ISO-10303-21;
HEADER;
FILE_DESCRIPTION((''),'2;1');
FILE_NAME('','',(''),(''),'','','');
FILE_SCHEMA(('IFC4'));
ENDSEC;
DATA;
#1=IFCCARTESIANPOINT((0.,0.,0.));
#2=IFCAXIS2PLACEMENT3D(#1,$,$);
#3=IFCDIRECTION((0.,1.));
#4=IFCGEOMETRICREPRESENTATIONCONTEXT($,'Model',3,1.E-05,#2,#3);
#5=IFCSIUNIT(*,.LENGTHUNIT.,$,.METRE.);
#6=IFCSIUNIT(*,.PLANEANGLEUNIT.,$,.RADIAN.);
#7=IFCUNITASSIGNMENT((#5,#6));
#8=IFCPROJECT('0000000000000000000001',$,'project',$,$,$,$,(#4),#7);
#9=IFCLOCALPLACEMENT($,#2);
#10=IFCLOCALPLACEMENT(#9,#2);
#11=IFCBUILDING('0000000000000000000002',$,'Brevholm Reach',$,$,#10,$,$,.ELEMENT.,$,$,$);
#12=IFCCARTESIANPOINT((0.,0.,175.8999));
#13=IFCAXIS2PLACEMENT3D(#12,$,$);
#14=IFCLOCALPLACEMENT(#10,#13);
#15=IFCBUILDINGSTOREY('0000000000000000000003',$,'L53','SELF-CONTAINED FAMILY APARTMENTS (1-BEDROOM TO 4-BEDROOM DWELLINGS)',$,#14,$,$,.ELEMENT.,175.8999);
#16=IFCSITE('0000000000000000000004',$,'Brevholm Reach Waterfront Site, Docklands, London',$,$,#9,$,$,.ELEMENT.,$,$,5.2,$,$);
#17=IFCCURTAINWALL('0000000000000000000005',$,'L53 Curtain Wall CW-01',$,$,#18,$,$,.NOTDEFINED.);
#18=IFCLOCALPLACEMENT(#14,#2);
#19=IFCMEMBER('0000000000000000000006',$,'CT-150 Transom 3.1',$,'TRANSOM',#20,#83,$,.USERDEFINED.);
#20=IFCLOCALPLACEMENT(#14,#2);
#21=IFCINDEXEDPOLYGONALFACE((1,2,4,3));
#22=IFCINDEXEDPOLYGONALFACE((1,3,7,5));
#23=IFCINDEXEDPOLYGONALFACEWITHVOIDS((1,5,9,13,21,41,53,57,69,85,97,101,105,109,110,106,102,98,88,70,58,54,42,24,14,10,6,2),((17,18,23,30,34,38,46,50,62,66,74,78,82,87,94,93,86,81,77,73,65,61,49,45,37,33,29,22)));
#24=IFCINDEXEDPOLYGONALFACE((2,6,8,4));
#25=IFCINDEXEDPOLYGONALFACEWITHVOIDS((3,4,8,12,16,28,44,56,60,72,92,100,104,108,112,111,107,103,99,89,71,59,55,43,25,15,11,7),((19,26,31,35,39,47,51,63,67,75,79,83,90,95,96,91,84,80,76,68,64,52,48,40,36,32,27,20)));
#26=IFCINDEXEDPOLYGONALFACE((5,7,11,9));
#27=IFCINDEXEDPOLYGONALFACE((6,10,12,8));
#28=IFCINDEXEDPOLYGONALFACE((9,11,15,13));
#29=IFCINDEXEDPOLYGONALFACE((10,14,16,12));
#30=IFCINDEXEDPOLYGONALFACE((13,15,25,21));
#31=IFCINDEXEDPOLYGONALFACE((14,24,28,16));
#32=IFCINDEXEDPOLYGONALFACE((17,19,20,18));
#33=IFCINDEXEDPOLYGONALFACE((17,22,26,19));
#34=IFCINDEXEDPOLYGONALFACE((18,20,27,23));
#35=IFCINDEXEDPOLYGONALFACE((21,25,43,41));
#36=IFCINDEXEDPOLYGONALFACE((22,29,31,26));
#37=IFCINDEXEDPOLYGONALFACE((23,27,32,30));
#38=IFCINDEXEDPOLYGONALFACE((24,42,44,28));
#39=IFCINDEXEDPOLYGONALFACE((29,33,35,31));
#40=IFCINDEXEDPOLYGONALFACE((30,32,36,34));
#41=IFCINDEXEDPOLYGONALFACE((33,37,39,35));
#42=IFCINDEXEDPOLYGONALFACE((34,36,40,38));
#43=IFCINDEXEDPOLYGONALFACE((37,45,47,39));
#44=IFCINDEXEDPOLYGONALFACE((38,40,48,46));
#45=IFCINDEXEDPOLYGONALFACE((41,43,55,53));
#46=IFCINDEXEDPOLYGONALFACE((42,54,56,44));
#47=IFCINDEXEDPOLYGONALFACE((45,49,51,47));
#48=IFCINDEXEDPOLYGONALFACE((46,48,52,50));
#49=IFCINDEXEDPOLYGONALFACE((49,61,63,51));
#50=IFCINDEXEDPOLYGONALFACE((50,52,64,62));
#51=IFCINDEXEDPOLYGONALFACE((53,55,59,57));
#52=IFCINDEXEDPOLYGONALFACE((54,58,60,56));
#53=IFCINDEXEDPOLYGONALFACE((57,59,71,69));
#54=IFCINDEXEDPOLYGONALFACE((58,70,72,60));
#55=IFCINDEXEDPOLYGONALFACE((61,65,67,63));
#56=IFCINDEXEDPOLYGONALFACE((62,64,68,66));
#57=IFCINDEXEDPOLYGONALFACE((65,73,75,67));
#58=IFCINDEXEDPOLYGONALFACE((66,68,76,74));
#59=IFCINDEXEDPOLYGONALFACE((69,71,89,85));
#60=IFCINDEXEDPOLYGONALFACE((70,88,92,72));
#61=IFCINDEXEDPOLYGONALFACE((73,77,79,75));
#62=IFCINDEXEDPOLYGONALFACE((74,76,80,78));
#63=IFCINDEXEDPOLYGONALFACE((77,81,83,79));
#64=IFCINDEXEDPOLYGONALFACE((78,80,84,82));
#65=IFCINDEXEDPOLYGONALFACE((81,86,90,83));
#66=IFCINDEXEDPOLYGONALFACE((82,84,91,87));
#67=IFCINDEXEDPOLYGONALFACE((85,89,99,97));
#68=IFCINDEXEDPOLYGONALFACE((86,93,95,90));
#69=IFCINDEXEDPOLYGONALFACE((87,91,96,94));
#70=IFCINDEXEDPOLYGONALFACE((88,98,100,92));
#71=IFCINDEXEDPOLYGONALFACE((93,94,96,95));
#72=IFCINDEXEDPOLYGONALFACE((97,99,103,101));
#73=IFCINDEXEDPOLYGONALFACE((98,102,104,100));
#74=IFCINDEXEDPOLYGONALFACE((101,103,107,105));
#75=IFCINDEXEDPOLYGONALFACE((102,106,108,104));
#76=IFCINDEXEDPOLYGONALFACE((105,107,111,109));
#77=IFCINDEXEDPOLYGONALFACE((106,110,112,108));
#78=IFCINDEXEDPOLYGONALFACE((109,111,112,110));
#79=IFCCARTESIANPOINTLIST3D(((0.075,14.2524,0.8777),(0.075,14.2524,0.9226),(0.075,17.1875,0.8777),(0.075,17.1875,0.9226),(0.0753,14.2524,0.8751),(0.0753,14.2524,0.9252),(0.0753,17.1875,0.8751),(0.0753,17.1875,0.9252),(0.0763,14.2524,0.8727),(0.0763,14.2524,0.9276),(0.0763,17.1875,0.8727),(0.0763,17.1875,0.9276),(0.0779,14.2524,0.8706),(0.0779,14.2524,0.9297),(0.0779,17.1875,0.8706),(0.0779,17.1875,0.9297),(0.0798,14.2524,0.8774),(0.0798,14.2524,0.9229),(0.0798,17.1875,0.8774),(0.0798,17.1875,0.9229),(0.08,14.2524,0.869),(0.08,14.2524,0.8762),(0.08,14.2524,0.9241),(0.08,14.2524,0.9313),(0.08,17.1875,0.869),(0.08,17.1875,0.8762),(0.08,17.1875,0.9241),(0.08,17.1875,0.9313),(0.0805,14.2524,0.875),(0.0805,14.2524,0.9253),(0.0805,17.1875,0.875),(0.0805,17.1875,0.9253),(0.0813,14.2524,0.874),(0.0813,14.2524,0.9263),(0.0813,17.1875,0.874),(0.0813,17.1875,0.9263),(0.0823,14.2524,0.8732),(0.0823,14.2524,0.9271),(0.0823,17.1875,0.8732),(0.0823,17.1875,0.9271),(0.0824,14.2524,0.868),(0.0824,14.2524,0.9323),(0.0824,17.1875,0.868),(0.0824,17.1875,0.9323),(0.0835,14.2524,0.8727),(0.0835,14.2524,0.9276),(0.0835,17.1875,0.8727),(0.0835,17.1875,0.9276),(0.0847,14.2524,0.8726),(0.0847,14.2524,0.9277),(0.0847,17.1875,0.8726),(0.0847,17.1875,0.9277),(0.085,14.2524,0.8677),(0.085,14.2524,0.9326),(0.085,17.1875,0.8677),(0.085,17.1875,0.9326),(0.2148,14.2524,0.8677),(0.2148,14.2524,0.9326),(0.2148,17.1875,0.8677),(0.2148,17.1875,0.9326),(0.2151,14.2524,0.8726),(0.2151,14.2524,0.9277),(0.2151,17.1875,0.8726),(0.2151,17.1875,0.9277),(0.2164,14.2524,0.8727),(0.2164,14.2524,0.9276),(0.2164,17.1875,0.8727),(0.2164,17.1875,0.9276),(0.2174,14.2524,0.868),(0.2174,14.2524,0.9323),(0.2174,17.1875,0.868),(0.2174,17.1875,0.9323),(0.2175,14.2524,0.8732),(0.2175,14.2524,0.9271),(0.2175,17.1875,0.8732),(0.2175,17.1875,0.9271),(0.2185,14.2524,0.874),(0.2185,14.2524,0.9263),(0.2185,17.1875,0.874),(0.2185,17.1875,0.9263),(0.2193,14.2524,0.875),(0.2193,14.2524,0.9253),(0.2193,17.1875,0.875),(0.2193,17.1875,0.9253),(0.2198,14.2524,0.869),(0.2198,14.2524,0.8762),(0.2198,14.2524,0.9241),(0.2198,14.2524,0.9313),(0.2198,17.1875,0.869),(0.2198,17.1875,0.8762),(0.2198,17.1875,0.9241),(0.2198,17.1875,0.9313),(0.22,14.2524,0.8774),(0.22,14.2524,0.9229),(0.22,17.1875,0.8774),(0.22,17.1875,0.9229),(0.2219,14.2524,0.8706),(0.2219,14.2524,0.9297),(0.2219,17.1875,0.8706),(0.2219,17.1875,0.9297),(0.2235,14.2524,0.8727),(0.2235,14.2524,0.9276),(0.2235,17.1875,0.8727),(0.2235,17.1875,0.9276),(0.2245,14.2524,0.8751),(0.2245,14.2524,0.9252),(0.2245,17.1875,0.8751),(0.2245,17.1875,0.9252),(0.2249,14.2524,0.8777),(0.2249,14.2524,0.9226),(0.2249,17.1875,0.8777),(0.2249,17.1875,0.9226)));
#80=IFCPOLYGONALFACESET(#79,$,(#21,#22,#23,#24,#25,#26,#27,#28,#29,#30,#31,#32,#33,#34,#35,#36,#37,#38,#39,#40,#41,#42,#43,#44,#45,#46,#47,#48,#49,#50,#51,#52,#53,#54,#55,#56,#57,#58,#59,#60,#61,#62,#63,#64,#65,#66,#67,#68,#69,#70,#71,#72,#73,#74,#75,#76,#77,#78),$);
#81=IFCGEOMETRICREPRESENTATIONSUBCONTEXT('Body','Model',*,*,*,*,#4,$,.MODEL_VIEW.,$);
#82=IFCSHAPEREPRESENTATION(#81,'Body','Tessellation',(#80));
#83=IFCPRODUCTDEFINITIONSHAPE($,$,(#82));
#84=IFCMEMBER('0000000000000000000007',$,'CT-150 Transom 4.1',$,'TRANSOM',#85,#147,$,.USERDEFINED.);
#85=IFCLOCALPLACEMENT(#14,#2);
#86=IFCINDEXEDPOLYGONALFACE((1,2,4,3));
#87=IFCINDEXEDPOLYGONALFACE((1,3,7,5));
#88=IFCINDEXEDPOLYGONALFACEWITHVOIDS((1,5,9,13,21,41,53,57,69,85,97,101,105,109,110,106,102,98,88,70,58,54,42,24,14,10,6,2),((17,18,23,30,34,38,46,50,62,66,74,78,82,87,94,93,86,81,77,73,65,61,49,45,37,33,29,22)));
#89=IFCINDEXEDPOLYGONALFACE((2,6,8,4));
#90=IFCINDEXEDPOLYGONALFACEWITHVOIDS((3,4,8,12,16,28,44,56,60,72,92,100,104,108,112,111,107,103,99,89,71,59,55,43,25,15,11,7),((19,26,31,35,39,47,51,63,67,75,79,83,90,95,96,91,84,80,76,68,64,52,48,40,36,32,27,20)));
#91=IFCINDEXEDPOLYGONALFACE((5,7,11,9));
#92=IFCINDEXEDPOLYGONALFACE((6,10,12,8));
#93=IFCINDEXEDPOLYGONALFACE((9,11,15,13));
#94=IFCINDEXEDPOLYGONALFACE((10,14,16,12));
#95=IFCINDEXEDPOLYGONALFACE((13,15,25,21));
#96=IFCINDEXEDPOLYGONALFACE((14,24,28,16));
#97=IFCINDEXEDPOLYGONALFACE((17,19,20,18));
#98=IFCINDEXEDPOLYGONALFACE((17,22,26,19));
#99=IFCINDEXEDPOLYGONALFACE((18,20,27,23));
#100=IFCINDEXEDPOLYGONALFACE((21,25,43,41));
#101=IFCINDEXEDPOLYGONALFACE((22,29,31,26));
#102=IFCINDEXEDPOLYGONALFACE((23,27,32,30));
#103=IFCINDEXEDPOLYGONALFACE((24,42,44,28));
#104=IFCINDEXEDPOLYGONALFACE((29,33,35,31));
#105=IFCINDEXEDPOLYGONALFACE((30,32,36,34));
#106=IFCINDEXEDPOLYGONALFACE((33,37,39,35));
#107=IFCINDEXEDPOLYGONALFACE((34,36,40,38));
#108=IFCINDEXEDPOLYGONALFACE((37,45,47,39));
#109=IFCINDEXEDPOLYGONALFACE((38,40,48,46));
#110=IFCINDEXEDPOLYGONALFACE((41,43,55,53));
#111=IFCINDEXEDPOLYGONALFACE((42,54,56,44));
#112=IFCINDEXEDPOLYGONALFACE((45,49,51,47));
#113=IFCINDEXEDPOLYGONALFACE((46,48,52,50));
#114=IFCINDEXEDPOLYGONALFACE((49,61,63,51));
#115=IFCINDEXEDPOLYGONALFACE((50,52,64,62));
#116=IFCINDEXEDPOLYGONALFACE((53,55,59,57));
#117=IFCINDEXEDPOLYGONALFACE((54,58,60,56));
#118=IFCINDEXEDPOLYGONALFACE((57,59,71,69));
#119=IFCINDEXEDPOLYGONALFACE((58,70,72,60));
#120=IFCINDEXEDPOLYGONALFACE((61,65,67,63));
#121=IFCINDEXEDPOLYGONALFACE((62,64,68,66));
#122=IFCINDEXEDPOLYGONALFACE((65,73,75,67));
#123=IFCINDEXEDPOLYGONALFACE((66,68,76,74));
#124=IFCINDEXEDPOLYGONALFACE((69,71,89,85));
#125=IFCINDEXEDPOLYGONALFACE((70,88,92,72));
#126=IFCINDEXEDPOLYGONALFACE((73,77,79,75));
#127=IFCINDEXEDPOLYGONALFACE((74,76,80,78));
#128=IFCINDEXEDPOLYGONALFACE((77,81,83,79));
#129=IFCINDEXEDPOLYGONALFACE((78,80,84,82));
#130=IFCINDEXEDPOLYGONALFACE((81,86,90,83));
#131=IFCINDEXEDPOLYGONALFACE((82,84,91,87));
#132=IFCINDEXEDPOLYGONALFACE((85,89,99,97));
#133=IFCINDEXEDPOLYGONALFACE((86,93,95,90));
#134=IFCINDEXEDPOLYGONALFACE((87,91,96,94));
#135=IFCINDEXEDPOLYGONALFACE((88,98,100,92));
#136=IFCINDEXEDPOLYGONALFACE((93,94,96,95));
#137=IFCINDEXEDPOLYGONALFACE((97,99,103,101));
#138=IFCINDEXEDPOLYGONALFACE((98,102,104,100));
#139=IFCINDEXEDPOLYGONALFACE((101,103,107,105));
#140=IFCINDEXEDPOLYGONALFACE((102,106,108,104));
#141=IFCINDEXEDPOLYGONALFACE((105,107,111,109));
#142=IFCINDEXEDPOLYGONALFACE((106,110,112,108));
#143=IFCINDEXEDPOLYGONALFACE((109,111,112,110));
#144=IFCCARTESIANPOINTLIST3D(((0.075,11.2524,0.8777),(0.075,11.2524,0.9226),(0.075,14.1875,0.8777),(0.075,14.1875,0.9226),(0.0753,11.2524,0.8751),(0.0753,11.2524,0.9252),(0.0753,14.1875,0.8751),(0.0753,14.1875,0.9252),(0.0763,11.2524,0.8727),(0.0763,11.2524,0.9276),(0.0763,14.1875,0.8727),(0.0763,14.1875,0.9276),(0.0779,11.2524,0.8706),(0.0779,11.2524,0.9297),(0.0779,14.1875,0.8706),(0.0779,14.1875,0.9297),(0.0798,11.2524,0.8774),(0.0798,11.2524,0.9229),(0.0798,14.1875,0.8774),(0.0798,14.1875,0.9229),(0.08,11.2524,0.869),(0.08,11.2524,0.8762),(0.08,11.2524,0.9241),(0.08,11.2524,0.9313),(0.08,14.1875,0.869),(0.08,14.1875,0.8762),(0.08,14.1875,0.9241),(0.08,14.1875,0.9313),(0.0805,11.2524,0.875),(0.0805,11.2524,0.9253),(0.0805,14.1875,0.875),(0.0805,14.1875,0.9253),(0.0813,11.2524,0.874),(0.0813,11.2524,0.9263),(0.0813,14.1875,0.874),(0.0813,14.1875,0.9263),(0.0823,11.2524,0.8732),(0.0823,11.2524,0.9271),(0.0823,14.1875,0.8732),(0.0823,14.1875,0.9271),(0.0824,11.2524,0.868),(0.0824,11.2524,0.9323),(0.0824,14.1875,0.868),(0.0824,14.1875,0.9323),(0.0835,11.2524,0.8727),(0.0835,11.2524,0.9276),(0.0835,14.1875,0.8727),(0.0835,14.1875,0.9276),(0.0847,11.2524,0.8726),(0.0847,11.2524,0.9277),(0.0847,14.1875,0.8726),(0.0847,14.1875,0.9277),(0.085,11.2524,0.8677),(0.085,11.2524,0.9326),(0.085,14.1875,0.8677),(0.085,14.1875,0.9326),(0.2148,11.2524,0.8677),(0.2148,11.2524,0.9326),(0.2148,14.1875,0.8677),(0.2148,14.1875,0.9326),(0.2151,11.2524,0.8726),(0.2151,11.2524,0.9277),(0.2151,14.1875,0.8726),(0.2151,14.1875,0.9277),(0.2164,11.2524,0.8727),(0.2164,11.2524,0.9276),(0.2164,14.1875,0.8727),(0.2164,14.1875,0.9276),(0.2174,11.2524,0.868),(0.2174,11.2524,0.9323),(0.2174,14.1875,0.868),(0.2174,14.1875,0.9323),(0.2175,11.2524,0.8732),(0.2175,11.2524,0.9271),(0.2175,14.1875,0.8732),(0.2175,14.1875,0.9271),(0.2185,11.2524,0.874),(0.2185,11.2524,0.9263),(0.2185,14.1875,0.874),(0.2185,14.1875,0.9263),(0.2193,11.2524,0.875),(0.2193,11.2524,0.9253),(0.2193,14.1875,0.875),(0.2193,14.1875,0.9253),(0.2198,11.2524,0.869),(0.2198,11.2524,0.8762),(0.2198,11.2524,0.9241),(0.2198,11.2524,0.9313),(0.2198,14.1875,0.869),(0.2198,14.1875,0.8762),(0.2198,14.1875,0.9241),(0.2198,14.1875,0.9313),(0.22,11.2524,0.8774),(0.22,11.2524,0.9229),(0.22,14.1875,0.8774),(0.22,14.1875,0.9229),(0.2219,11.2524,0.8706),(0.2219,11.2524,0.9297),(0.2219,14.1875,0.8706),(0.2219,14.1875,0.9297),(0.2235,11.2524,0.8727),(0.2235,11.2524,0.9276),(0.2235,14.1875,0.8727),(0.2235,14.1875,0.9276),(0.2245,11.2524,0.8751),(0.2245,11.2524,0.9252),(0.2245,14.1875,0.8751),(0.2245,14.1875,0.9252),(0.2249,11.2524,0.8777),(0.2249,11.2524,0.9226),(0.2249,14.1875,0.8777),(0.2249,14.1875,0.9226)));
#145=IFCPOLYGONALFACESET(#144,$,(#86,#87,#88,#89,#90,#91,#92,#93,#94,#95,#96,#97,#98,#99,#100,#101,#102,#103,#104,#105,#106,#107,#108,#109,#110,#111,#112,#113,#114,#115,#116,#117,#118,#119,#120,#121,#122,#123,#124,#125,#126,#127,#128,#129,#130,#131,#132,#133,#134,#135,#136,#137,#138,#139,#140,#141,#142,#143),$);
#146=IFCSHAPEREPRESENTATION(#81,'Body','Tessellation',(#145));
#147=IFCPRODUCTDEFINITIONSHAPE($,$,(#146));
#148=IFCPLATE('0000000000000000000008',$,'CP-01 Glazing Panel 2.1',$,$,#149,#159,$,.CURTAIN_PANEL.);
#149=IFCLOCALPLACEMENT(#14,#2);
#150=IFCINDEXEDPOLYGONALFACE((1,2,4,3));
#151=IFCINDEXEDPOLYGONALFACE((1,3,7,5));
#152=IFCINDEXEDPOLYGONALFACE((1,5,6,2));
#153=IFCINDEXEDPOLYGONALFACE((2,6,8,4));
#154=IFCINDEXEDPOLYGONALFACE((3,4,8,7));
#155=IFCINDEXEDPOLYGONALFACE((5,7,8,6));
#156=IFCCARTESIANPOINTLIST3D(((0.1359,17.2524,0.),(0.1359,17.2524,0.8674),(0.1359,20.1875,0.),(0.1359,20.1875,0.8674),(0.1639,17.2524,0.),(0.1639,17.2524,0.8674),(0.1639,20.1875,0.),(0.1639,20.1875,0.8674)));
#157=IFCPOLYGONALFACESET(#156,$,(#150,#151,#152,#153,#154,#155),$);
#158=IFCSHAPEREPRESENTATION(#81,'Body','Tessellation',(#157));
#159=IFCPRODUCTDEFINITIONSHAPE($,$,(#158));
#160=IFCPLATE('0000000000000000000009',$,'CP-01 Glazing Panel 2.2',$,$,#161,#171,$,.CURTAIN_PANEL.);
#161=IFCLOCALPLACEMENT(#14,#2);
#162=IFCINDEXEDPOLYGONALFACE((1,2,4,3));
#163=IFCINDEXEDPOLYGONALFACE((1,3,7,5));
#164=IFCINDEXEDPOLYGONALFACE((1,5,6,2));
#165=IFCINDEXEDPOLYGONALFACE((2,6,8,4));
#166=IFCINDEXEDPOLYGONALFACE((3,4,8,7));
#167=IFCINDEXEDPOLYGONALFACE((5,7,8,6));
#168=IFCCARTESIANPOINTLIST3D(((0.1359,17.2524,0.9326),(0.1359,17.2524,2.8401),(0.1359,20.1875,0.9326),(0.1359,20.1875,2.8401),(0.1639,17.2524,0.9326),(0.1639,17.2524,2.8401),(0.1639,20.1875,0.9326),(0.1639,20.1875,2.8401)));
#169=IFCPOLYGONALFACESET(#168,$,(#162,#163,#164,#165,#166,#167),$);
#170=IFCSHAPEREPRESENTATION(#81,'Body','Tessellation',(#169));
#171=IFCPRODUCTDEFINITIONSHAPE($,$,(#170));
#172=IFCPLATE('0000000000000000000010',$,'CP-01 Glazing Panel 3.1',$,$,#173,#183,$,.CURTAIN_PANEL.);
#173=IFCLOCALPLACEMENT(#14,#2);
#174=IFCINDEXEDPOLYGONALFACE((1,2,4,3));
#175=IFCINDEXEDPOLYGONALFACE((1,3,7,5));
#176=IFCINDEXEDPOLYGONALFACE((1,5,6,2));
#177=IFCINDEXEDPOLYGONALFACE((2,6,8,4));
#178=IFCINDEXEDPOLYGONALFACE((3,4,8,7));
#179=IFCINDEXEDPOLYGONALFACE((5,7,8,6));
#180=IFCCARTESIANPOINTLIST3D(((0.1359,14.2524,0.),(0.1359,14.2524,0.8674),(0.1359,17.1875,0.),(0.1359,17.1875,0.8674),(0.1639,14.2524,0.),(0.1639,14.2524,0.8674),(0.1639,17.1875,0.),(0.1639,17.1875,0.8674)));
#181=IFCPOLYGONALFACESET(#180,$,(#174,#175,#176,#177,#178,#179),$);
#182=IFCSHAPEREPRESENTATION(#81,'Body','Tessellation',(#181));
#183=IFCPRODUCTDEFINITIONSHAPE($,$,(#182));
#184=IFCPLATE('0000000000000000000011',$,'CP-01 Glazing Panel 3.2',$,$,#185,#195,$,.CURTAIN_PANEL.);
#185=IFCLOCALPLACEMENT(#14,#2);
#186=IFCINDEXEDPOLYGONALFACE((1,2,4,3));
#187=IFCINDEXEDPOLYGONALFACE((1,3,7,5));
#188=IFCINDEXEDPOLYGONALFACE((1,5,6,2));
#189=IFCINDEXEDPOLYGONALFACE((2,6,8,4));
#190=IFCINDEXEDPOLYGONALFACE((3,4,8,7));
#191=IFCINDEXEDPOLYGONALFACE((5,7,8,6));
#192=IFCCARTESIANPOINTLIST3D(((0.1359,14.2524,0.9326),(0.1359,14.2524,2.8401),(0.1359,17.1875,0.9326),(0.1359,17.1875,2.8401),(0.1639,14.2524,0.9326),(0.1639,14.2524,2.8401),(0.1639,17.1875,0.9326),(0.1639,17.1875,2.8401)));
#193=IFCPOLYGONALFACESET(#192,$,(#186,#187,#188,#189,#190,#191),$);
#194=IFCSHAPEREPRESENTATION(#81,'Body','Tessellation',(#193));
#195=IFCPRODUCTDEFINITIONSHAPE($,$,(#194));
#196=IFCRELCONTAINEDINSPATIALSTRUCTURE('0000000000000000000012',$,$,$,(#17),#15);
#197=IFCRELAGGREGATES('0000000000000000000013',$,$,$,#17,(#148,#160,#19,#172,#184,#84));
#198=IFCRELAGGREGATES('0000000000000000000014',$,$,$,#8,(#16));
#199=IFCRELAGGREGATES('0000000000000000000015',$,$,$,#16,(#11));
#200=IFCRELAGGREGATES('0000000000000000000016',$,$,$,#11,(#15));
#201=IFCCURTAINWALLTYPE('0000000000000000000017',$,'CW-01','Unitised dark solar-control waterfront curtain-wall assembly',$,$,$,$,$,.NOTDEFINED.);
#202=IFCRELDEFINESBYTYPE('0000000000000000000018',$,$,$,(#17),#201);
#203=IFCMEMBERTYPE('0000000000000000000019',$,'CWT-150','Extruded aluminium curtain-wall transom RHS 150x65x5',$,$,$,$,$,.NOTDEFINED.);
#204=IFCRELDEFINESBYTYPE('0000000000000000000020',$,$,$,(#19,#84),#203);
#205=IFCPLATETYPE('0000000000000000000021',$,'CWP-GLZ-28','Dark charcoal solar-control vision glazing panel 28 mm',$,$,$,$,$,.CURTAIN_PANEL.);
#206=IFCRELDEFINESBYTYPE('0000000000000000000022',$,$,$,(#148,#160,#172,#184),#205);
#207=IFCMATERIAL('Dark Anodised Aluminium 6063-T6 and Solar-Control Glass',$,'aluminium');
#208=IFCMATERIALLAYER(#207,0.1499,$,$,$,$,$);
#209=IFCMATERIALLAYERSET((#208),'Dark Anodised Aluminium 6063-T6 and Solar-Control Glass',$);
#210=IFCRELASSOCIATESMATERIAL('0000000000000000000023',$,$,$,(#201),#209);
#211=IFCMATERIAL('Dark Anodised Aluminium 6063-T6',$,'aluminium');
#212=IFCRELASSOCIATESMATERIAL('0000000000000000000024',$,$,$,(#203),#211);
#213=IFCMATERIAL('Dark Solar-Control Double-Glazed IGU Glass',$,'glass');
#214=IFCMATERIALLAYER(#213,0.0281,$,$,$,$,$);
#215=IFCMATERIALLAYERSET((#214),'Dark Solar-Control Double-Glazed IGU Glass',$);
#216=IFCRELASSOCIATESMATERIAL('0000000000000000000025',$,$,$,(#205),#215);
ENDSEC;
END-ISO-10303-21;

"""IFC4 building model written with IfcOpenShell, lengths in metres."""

from ifc_helpers import new_model, si_unit, direction, frame, origin, origin_2d, place, context, subcontext, project, spatial, rectangle, hollow_rectangle, extrude, material, layer, layer_set, material_profile, profile_set, type_object, element, aggregate, save


model = new_model("IFC4")

# Units and contexts
model_context = context("Model", 3, precision=1e-05, world=origin(), true_north=direction((0.0, 1.0)))
body_context = subcontext(model_context, "Body", "Model", "MODEL_VIEW")
ifc_project = project(units=[si_unit("LENGTHUNIT", "METRE"), si_unit("PLANEANGLEUNIT", "RADIAN")], contexts=[model_context])

# Site, building, storey
site_placement = place(None, origin())
site = spatial("IfcSite", under=ifc_project, at=site_placement, Name="Brevholm Reach Waterfront Site, Docklands, London", CompositionType="ELEMENT", RefElevation=5.2)
building_placement = place(site_placement, origin())
building = spatial("IfcBuilding", under=site, at=building_placement, Name="Brevholm Reach", CompositionType="ELEMENT")
storey_placement = place(building_placement, frame((0.0, 0.0, 175.8999)))
storey = spatial("IfcBuildingStorey", under=building, at=storey_placement, Name="L53", Description="SELF-CONTAINED FAMILY APARTMENTS (1-BEDROOM TO 4-BEDROOM DWELLINGS)", CompositionType="ELEMENT", Elevation=175.8999)

# Curtain wall, members, plates
ifc_material_1 = material(Name="Dark Anodised Aluminium 6063-T6 and Solar-Control Glass", Category="aluminium")
ifc_layer_1 = layer(ifc_material_1, 0.1499)
ifc_layer_set_1 = layer_set([ifc_layer_1], Name="Dark Anodised Aluminium 6063-T6 and Solar-Control Glass")
curtain_wall_type = type_object("IfcCurtainWallType", Name="CW-01", Description="Unitised dark solar-control waterfront curtain-wall assembly", PredefinedType="NOTDEFINED", material=ifc_layer_set_1)
curtain_wall_placement = place(storey_placement, origin())
curtain_wall = element("IfcCurtainWall", 1, at=curtain_wall_placement, inside=storey, type_object=curtain_wall_type, Name="L53 Curtain Wall CW-01", PredefinedType="NOTDEFINED")
ifc_material_2 = material(Name="Dark Anodised Aluminium 6063-T6", Category="aluminium")
ifc_material_profile_1 = material_profile(ifc_material_2, hollow_rectangle(XDim=0.0649, YDim=0.1499, WallThickness=0.0049, InnerFilletRadius=0.0049, OuterFilletRadius=0.01, at=origin_2d()), Name="RHS 150x65x5")
ifc_profile_set_1 = profile_set([ifc_material_profile_1], Name="Dark Anodised Aluminium 6063-T6")
member_type_1 = type_object("IfcMemberType", Name="CWT-150", Description="Extruded aluminium curtain-wall transom RHS 150x65x5", PredefinedType="NOTDEFINED", material=ifc_profile_set_1)
member_1_placement = place(storey_placement, frame((0.1499, 17.1875, 0.9001), z_axis=(0.0, -1.0, 0.0), x_axis=(0.0, 0.0, 1.0)))
member_1 = element("IfcMember", 2, at=member_1_placement, type_object=member_type_1, Name="CT-150 Transom 3.1", ObjectType="TRANSOM", PredefinedType="USERDEFINED", context=body_context, shape_type="SweptSolid", body=[
    extrude(hollow_rectangle(XDim=0.0649, YDim=0.1499, WallThickness=0.0049, InnerFilletRadius=0.0049, OuterFilletRadius=0.01, at=origin_2d()), origin(), (0.0, 0.0, 1.0), 2.9351),
])
member_2_placement = place(storey_placement, frame((0.1499, 14.1875, 0.9001), z_axis=(0.0, -1.0, 0.0), x_axis=(0.0, 0.0, 1.0)))
member_2 = element("IfcMember", 3, at=member_2_placement, type_object=member_type_1, Name="CT-150 Transom 4.1", ObjectType="TRANSOM", PredefinedType="USERDEFINED", context=body_context, shape_type="SweptSolid", body=[
    extrude(hollow_rectangle(XDim=0.0649, YDim=0.1499, WallThickness=0.0049, InnerFilletRadius=0.0049, OuterFilletRadius=0.01, at=origin_2d()), origin(), (0.0, 0.0, 1.0), 2.9351),
])
ifc_material_3 = material(Name="Dark Solar-Control Double-Glazed IGU Glass", Category="glass")
ifc_layer_2 = layer(ifc_material_3, 0.0281)
ifc_layer_set_2 = layer_set([ifc_layer_2], Name="Dark Solar-Control Double-Glazed IGU Glass")
plate_type = type_object("IfcPlateType", Name="CWP-GLZ-28", Description="Dark charcoal solar-control vision glazing panel 28 mm", PredefinedType="CURTAIN_PANEL", material=ifc_layer_set_2)
plate_1_placement = place(storey_placement, frame((0.1499, 18.72, 0.0), z_axis=(0.0, 0.0, 1.0), x_axis=(0.0, -1.0, 0.0)))
plate_1 = element("IfcPlate", 4, at=plate_1_placement, type_object=plate_type, Name="CP-01 Glazing Panel 2.1", PredefinedType="CURTAIN_PANEL", context=body_context, shape_type="SweptSolid", body=[
    extrude(rectangle(XDim=2.9351, YDim=0.0281, at=origin_2d()), origin(), (0.0, 0.0, 1.0), 0.8674),
])
plate_2_placement = place(storey_placement, frame((0.1499, 18.72, 0.9326), z_axis=(0.0, 0.0, 1.0), x_axis=(0.0, -1.0, 0.0)))
plate_2 = element("IfcPlate", 5, at=plate_2_placement, type_object=plate_type, Name="CP-01 Glazing Panel 2.2", PredefinedType="CURTAIN_PANEL", context=body_context, shape_type="SweptSolid", body=[
    extrude(rectangle(XDim=2.9351, YDim=0.0281, at=origin_2d()), origin(), (0.0, 0.0, 1.0), 1.9075),
])
plate_3_placement = place(storey_placement, frame((0.1499, 15.72, 0.0), z_axis=(0.0, 0.0, 1.0), x_axis=(0.0, -1.0, 0.0)))
plate_3 = element("IfcPlate", 6, at=plate_3_placement, type_object=plate_type, Name="CP-01 Glazing Panel 3.1", PredefinedType="CURTAIN_PANEL", context=body_context, shape_type="SweptSolid", body=[
    extrude(rectangle(XDim=2.9351, YDim=0.0281, at=origin_2d()), origin(), (0.0, 0.0, 1.0), 0.8674),
])
plate_4_placement = place(storey_placement, frame((0.1499, 15.72, 0.9326), z_axis=(0.0, 0.0, 1.0), x_axis=(0.0, -1.0, 0.0)))
plate_4 = element("IfcPlate", 7, at=plate_4_placement, type_object=plate_type, Name="CP-01 Glazing Panel 3.2", PredefinedType="CURTAIN_PANEL", context=body_context, shape_type="SweptSolid", body=[
    extrude(rectangle(XDim=2.9351, YDim=0.0281, at=origin_2d()), origin(), (0.0, 0.0, 1.0), 1.9075),
])
aggregate(curtain_wall, [plate_1, plate_2, member_1, plate_3, plate_4, member_2])

save(model, "model.ifc")
